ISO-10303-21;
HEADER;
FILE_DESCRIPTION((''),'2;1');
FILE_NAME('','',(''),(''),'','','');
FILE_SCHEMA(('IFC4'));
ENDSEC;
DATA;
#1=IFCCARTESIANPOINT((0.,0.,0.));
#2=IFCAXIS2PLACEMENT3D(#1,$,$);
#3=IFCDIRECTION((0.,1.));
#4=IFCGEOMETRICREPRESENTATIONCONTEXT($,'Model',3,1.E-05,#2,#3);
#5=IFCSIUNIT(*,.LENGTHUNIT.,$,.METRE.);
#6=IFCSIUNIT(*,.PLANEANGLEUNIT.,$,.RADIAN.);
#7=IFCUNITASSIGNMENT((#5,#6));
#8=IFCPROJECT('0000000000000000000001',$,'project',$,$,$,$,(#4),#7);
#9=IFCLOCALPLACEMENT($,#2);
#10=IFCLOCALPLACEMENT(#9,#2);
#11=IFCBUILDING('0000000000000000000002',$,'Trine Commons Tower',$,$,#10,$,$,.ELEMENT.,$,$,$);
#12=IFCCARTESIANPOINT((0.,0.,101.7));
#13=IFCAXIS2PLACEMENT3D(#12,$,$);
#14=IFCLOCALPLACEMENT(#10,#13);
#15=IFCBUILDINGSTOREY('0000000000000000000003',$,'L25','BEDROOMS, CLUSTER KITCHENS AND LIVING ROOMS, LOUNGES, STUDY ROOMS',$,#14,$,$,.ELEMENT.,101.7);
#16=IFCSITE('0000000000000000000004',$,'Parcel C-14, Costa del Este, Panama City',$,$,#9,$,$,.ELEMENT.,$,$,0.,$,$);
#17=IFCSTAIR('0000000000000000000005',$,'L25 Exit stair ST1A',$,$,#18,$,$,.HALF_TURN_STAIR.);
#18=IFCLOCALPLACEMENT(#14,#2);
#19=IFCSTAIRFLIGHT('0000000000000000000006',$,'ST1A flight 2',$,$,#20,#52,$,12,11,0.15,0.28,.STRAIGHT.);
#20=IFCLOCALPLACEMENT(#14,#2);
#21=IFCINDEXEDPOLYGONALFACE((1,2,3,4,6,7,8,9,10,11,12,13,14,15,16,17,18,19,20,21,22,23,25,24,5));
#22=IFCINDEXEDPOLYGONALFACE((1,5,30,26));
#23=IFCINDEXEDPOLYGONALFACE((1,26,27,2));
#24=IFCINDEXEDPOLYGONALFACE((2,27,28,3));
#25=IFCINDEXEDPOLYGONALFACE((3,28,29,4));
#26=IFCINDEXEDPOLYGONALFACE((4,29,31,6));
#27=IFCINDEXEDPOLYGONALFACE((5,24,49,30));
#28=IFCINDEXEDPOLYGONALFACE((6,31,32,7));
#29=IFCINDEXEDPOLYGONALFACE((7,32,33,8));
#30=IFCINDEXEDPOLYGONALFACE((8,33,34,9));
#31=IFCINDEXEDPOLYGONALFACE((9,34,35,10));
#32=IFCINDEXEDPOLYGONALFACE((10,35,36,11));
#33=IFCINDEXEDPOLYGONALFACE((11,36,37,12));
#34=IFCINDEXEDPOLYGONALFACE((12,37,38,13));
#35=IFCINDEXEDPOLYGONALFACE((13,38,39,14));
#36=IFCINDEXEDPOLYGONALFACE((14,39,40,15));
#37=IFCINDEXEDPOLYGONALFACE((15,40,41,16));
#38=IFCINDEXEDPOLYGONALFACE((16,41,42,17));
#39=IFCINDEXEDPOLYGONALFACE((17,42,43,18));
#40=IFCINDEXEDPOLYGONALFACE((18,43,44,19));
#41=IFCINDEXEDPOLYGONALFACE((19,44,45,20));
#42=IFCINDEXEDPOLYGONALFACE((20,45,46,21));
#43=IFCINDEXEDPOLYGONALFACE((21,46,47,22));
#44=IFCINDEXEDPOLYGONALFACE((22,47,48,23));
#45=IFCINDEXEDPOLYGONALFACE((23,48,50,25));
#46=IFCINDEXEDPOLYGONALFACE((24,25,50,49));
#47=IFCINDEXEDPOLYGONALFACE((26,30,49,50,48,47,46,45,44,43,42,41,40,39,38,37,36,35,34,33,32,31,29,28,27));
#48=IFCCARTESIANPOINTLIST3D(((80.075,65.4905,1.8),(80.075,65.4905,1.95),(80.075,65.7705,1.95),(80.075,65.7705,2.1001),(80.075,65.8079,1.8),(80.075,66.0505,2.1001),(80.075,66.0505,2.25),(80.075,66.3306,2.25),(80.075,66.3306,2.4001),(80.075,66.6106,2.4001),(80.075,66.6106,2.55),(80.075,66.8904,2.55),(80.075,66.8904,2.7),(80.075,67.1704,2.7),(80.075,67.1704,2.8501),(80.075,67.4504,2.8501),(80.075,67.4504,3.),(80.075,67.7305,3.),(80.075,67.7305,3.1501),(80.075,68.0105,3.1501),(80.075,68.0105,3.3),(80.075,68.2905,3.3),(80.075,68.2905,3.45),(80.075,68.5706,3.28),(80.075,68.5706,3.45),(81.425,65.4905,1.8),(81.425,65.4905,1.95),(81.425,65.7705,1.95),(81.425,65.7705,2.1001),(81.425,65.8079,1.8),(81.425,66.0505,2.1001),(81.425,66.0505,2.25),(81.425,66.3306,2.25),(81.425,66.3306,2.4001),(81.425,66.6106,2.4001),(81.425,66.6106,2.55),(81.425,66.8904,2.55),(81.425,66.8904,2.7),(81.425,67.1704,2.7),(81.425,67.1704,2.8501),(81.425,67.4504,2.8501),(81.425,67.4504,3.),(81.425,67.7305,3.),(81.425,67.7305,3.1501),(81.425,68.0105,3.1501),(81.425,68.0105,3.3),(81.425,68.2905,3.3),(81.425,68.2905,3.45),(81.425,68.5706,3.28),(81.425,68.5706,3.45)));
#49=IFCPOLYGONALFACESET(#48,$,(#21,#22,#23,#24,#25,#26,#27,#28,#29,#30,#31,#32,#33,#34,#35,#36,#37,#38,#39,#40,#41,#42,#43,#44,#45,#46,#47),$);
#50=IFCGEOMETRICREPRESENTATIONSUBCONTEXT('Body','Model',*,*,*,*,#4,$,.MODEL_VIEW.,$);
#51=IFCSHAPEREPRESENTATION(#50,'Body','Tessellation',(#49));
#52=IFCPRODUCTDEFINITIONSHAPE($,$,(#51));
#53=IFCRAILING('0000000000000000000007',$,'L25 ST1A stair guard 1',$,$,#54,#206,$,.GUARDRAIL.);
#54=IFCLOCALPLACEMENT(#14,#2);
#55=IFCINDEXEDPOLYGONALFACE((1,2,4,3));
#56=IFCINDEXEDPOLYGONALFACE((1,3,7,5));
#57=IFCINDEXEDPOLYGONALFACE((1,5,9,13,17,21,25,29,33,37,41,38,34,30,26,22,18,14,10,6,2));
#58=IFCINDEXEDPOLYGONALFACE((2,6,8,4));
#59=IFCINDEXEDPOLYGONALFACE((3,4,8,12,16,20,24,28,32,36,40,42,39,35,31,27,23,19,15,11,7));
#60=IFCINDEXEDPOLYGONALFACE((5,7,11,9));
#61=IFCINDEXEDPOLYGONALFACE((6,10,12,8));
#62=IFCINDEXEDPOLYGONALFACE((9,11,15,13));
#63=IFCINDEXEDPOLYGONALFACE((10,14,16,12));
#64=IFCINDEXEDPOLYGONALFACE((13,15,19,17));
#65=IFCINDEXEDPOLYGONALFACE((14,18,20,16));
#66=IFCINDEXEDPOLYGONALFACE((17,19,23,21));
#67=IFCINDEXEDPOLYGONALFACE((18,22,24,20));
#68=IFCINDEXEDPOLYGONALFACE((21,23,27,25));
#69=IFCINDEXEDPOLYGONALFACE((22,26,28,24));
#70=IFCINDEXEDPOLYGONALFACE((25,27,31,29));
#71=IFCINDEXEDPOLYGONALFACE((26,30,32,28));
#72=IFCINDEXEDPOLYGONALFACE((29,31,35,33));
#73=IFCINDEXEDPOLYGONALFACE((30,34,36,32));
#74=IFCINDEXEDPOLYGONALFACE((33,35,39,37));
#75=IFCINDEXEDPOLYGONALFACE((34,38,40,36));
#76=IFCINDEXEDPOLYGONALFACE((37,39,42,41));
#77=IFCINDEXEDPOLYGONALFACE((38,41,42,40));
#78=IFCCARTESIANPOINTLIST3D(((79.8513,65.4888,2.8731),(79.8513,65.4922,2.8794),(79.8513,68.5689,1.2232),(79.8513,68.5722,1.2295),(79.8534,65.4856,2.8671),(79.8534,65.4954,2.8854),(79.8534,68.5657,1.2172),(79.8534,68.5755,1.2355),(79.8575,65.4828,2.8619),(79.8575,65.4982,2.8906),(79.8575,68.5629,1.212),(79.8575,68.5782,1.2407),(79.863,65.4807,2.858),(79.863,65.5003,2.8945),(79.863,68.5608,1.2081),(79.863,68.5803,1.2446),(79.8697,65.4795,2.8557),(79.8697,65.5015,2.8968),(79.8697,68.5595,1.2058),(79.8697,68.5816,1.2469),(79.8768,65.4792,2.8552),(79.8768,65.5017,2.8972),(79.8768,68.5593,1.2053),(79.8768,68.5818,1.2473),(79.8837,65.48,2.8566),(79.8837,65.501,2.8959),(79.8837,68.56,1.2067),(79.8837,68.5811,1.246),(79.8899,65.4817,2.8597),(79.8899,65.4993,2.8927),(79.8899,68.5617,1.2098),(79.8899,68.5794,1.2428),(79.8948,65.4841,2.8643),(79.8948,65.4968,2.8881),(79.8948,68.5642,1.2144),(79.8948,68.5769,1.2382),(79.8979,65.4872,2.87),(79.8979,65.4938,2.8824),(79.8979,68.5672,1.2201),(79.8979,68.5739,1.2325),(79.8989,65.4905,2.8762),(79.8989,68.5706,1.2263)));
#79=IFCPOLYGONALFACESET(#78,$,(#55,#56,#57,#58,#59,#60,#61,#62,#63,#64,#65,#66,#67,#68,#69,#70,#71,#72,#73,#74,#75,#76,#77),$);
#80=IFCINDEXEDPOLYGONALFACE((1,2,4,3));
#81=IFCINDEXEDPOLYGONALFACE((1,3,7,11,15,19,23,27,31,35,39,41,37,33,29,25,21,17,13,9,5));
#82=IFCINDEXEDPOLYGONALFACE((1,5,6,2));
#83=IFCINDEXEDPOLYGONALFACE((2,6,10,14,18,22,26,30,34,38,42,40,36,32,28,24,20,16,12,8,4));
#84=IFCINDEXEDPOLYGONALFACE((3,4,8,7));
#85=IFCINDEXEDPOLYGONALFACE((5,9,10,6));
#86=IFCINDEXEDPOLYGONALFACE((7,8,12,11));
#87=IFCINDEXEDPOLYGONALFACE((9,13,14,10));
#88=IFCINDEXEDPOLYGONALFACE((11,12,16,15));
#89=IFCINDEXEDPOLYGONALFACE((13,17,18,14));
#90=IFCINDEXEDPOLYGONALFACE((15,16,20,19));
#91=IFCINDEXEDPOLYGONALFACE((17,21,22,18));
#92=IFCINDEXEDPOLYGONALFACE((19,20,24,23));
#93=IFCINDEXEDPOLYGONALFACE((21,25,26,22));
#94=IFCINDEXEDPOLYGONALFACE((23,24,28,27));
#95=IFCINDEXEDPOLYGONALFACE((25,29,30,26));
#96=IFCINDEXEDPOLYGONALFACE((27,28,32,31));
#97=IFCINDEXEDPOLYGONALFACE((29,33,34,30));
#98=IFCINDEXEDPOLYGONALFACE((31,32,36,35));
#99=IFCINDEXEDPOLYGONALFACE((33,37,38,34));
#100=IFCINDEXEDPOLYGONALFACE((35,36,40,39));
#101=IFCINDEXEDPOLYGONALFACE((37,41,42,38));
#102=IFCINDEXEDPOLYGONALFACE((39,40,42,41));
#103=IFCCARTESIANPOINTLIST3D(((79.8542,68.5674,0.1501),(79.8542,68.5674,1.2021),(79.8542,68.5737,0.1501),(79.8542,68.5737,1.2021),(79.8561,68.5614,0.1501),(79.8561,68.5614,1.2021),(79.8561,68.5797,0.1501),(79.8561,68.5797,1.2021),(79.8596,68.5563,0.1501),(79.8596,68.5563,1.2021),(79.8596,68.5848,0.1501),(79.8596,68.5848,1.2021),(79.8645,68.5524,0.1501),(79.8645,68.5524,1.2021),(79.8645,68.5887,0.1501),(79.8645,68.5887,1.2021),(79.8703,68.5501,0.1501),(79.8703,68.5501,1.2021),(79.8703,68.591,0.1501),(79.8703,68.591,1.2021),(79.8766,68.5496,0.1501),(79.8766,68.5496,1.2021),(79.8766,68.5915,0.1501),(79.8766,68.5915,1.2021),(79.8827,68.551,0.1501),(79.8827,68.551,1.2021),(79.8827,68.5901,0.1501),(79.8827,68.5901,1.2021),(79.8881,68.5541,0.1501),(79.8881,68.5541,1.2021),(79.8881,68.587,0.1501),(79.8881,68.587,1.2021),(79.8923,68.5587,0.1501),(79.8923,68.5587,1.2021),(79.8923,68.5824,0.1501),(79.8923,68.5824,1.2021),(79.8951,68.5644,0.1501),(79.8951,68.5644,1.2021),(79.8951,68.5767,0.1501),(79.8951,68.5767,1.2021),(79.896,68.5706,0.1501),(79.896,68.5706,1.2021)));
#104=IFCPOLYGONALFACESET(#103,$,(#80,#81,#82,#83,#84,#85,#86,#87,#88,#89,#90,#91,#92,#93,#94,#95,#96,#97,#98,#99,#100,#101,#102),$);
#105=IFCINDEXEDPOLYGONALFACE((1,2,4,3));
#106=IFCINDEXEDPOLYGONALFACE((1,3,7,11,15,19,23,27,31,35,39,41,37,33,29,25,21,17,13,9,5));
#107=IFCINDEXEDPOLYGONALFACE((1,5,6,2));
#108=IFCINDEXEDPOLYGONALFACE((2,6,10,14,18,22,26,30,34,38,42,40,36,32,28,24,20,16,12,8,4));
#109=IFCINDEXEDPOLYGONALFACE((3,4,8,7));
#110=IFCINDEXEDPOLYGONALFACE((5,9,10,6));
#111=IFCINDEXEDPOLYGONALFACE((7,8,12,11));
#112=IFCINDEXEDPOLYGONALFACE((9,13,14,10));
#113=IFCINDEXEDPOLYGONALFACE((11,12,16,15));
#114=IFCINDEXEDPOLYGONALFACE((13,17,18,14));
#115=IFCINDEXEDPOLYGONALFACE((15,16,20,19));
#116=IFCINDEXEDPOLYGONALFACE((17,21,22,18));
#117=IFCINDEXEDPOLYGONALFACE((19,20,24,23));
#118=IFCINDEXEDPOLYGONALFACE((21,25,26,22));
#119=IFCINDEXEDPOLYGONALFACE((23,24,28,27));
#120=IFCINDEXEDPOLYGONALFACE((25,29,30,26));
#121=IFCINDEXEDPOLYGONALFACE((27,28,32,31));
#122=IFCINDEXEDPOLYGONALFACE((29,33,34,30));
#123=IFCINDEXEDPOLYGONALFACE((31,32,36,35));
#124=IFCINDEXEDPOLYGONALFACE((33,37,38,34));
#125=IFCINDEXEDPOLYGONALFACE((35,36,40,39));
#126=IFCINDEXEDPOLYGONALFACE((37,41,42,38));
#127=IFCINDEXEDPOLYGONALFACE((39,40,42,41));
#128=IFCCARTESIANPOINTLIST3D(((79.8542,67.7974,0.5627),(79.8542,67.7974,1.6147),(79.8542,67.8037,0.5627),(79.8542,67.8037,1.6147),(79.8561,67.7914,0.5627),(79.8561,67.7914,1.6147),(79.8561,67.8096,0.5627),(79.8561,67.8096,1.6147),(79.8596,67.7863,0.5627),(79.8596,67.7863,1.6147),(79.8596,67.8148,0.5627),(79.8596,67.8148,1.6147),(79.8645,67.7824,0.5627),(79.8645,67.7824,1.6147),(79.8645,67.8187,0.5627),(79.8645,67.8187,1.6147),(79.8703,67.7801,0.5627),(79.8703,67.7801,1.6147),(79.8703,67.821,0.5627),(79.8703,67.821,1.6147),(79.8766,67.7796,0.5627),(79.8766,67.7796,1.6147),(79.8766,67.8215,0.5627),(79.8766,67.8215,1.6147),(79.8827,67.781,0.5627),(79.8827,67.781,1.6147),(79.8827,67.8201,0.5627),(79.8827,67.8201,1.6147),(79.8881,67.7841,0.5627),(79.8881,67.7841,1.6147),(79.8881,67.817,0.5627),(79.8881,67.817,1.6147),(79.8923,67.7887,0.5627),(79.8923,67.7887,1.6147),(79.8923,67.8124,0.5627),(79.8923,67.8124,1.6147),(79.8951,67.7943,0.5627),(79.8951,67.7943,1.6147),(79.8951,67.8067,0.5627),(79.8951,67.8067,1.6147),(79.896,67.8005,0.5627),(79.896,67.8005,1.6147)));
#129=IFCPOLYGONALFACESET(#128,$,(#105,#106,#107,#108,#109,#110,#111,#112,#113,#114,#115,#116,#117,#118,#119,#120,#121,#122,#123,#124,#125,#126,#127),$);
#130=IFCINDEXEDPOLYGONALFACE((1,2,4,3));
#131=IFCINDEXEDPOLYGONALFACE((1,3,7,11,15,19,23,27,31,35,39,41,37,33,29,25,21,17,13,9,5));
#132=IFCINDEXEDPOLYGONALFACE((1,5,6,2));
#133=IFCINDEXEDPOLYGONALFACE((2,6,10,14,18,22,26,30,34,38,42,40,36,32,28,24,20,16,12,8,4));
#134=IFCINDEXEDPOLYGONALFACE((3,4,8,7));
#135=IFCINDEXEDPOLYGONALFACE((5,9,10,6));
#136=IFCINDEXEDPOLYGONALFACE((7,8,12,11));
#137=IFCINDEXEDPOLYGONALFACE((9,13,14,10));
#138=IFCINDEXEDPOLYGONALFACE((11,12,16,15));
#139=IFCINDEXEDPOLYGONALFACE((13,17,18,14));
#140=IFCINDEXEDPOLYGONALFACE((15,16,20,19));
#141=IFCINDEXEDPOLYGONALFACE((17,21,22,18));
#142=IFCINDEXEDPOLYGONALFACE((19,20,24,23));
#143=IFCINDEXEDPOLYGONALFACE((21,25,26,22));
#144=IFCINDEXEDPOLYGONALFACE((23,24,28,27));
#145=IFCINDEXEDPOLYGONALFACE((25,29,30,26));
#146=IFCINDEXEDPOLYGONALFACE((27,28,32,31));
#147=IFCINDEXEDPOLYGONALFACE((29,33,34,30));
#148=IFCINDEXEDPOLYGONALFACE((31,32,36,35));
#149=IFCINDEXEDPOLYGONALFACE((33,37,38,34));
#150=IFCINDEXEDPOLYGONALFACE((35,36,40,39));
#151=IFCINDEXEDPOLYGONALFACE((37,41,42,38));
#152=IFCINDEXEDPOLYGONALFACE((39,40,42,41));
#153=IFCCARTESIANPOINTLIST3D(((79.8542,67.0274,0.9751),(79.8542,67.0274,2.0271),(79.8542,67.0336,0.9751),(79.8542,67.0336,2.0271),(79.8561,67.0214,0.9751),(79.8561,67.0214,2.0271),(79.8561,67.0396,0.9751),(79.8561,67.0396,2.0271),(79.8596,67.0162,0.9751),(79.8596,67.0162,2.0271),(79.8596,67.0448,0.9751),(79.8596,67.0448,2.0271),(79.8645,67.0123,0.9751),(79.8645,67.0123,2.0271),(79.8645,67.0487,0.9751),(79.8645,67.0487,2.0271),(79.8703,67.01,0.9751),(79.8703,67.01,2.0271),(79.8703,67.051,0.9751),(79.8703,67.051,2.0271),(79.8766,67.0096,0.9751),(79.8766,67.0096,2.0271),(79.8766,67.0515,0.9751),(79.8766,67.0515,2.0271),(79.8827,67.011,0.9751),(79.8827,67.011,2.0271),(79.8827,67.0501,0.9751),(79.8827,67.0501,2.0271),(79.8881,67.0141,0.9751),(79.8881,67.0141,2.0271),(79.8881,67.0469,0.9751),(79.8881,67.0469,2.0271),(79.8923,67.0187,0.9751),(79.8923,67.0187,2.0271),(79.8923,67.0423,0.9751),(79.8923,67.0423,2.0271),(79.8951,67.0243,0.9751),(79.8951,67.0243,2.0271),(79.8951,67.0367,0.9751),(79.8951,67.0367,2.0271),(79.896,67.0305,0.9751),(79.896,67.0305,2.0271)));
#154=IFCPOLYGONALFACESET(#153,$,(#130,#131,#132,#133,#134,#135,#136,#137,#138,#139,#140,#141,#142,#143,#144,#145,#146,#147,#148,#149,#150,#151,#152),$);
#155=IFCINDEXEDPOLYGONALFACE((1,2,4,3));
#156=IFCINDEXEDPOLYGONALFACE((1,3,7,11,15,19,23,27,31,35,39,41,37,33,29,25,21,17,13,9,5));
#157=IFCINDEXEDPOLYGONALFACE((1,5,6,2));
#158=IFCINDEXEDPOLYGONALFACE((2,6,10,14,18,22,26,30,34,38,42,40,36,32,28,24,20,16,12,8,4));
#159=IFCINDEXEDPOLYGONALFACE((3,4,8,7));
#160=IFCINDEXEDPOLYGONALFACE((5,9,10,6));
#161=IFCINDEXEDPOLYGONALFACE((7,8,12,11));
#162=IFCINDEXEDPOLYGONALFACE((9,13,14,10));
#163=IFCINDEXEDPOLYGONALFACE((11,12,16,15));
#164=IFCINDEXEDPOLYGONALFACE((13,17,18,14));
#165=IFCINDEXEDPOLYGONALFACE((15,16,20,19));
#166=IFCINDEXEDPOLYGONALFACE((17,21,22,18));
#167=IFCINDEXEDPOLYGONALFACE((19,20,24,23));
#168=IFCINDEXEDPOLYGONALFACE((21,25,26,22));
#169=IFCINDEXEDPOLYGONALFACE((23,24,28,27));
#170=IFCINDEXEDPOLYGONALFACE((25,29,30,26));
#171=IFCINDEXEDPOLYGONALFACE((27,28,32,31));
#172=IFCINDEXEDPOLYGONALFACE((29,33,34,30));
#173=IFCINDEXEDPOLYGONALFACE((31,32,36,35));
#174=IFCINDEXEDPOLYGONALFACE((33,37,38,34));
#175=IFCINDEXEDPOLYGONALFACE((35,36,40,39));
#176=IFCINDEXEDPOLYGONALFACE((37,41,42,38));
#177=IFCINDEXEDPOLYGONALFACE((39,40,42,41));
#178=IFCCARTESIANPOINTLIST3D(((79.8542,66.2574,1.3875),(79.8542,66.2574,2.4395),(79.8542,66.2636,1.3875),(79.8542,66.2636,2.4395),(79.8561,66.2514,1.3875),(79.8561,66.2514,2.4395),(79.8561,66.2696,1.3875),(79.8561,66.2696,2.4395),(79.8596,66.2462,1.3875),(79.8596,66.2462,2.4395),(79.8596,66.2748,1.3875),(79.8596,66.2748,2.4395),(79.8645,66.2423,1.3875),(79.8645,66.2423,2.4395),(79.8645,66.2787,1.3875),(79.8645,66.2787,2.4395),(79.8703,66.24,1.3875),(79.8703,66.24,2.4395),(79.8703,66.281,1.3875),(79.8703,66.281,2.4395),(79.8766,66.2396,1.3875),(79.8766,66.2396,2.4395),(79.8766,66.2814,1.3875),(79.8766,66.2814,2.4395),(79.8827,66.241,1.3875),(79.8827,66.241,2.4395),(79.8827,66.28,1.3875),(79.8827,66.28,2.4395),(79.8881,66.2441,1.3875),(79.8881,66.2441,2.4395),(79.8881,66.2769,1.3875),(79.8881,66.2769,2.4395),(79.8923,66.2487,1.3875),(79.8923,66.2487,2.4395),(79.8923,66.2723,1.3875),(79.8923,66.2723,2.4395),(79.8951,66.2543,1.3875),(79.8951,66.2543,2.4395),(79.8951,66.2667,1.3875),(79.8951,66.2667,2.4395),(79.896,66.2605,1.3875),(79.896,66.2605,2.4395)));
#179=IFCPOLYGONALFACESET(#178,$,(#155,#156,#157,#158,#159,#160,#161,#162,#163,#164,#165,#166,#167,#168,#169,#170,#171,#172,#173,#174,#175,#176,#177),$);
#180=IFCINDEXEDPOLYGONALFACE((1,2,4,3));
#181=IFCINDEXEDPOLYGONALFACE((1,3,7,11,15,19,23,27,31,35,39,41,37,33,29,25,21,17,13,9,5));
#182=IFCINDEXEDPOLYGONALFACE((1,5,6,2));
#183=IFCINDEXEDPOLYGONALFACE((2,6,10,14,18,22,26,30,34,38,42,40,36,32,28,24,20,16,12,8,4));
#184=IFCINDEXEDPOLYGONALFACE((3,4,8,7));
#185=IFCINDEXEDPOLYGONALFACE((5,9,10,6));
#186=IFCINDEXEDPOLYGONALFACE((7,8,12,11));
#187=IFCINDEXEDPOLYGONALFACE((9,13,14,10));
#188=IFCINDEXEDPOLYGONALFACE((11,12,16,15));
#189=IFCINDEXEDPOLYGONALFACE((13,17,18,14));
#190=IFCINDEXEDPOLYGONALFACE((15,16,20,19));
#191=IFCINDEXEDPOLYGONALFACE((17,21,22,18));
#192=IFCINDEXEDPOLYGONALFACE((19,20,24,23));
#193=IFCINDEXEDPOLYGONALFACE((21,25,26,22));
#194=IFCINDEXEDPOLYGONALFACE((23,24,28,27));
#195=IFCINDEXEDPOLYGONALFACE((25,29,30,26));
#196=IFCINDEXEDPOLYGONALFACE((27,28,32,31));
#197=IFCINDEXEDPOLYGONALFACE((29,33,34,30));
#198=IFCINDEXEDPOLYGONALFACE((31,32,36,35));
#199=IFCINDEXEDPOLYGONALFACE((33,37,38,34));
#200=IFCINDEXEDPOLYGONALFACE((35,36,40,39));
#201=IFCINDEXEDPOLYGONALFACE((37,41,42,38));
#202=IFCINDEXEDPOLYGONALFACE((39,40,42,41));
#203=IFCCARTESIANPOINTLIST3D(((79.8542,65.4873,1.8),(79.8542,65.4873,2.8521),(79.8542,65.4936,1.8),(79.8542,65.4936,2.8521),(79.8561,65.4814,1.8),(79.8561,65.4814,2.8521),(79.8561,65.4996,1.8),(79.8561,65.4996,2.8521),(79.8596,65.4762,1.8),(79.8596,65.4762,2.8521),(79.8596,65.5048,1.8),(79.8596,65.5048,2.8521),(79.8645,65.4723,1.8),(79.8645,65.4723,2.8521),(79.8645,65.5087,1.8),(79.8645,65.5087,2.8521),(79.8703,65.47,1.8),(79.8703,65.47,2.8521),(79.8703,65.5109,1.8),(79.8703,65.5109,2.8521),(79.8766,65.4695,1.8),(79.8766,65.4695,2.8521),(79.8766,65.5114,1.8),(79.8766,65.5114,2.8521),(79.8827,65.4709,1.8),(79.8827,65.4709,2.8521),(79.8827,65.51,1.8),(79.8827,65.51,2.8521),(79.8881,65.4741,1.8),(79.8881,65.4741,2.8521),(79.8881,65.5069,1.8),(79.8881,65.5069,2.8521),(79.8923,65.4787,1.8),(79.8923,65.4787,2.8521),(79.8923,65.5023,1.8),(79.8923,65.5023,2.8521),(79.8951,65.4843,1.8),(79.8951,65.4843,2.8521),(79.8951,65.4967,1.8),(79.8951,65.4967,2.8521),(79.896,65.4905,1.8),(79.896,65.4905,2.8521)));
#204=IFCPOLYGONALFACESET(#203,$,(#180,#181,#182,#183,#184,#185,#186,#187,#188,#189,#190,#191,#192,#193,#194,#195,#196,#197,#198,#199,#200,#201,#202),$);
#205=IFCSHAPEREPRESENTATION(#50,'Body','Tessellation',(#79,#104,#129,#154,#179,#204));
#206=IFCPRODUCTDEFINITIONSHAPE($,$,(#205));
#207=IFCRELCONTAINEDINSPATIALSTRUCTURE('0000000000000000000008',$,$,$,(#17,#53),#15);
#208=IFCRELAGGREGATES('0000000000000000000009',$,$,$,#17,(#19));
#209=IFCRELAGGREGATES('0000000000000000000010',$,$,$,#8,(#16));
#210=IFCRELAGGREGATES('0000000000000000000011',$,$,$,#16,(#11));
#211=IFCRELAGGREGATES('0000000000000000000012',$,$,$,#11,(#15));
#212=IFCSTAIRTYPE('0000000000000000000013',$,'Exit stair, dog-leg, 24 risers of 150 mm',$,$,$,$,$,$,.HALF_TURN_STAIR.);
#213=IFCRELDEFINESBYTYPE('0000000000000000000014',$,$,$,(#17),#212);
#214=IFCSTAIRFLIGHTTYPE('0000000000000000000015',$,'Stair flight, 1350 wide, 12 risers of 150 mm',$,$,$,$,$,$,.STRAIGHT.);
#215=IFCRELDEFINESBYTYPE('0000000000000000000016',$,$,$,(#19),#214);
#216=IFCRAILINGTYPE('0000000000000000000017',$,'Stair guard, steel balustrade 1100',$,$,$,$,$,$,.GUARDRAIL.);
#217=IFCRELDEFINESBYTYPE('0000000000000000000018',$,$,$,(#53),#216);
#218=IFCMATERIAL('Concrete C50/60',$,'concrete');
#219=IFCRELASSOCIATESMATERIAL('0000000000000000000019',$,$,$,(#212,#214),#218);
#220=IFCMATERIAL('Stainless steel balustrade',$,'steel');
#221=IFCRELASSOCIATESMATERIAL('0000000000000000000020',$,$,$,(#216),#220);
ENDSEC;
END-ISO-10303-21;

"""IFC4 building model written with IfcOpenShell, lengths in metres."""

from ifc_helpers import new_model, si_unit, direction, frame, origin, origin_2d, place, context, subcontext, project, spatial, polyline, circle, outline, extrude, material, type_object, element, aggregate, save


model = new_model("IFC4")

# Units and contexts
model_context = context("Model", 3, precision=1e-05, world=origin(), true_north=direction((0.0, 1.0)))
body_context = subcontext(model_context, "Body", "Model", "MODEL_VIEW")
ifc_project = project(units=[si_unit("LENGTHUNIT", "METRE"), si_unit("PLANEANGLEUNIT", "RADIAN")], contexts=[model_context])

# Site, building, storey
site_placement = place(None, origin())
site = spatial("IfcSite", under=ifc_project, at=site_placement, Name="Parcel C-14, Costa del Este, Panama City", CompositionType="ELEMENT", RefElevation=0.0)
building_placement = place(site_placement, origin())
building = spatial("IfcBuilding", under=site, at=building_placement, Name="Trine Commons Tower", CompositionType="ELEMENT")
storey_placement = place(building_placement, frame((0.0, 0.0, 101.7)))
storey = spatial("IfcBuildingStorey", under=building, at=storey_placement, Name="L25", Description="BEDROOMS, CLUSTER KITCHENS AND LIVING ROOMS, LOUNGES, STUDY ROOMS", CompositionType="ELEMENT", Elevation=101.7)

# Shared definitions
ifc_material_1 = material(Name="Concrete C50/60", Category="concrete")

# Stair, stair flight
stair_type = type_object("IfcStairType", Name="Exit stair, dog-leg, 24 risers of 150 mm", PredefinedType="HALF_TURN_STAIR", material=ifc_material_1)
stair_placement = place(storey_placement, origin())
stair = element("IfcStair", 1, at=stair_placement, inside=storey, type_object=stair_type, Name="L25 Exit stair ST1A", PredefinedType="HALF_TURN_STAIR")
stair_flight_type = type_object("IfcStairFlightType", Name="Stair flight, 1350 wide, 12 risers of 150 mm", PredefinedType="STRAIGHT", material=ifc_material_1)
stair_flight_1_placement = place(storey_placement, frame((80.75, 65.4905, 1.8), z_axis=(0.0, 0.0, 1.0), x_axis=(0.0, 1.0, 0.0)))
stair_flight_1 = element("IfcStairFlight", 2, at=stair_flight_1_placement, type_object=stair_flight_type, Name="ST1A flight 2", NumberOfRisers=12, NumberOfTreads=11, PredefinedType="STRAIGHT", RiserHeight=0.15, TreadLength=0.28, context=body_context, shape_type="SweptSolid", body=[
    extrude(outline(polyline([(0.0, 0.0), (0.0, 0.1499), (0.28, 0.1499), (0.28, 0.3), (0.5601, 0.3), (0.5601, 0.45), (0.8401, 0.45), (0.8401, 0.6001), (1.1201, 0.6001), (1.1201, 0.75), (1.3999, 0.75), (1.3999, 0.8999), (1.6799, 0.8999), (1.6799, 1.05), (1.96, 1.05), (1.96, 1.2), (2.24, 1.2), (2.24, 1.3501), (2.52, 1.3501), (2.52, 1.5), (2.8, 1.5), (2.8, 1.6499), (3.0801, 1.6499), (3.0801, 1.8), (3.0801, 1.48), (0.3174, 0.0), (0.0, 0.0)])), frame((0.0, 0.675, 0.0), z_axis=(0.0, -1.0, 0.0), x_axis=(1.0, 0.0, 0.0)), (0.0, 0.0, 1.0), 1.3501),
])
aggregate(stair, [stair_flight_1])

# Railing
ifc_material_2 = material(Name="Stainless steel balustrade", Category="steel")
railing_type_1 = type_object("IfcRailingType", Name="Stair guard, steel balustrade 1100", PredefinedType="GUARDRAIL", material=ifc_material_2)
railing_1_placement = place(storey_placement, frame((79.875, 68.5706, 0.1501)))
element("IfcRailing", 3, at=railing_1_placement, inside=storey, type_object=railing_type_1, Name="L25 ST1A stair guard 1", PredefinedType="GUARDRAIL", context=body_context, shape_type="SweptSolid", body=[
    extrude(circle(Radius=0.0239, at=origin_2d()), frame((0.0, 0.0, 1.0762), z_axis=(0.0, -0.881497, 0.47219), x_axis=(1.0, 0.0, 0.0)), (0.0, 0.0, 1.0), 3.4941),
    extrude(circle(Radius=0.021, at=origin_2d()), origin(), (0.0, 0.0, 1.0), 1.052),
    extrude(circle(Radius=0.021, at=origin_2d()), frame((0.0, -0.77, 0.4126)), (0.0, 0.0, 1.0), 1.052),
    extrude(circle(Radius=0.021, at=origin_2d()), frame((0.0, -1.54, 0.825)), (0.0, 0.0, 1.0), 1.052),
    extrude(circle(Radius=0.021, at=origin_2d()), frame((0.0, -2.3101, 1.2373)), (0.0, 0.0, 1.0), 1.052),
    extrude(circle(Radius=0.021, at=origin_2d()), frame((0.0, -3.0801, 1.6499)), (0.0, 0.0, 1.0), 1.052),
])

save(model, "model.ifc")
